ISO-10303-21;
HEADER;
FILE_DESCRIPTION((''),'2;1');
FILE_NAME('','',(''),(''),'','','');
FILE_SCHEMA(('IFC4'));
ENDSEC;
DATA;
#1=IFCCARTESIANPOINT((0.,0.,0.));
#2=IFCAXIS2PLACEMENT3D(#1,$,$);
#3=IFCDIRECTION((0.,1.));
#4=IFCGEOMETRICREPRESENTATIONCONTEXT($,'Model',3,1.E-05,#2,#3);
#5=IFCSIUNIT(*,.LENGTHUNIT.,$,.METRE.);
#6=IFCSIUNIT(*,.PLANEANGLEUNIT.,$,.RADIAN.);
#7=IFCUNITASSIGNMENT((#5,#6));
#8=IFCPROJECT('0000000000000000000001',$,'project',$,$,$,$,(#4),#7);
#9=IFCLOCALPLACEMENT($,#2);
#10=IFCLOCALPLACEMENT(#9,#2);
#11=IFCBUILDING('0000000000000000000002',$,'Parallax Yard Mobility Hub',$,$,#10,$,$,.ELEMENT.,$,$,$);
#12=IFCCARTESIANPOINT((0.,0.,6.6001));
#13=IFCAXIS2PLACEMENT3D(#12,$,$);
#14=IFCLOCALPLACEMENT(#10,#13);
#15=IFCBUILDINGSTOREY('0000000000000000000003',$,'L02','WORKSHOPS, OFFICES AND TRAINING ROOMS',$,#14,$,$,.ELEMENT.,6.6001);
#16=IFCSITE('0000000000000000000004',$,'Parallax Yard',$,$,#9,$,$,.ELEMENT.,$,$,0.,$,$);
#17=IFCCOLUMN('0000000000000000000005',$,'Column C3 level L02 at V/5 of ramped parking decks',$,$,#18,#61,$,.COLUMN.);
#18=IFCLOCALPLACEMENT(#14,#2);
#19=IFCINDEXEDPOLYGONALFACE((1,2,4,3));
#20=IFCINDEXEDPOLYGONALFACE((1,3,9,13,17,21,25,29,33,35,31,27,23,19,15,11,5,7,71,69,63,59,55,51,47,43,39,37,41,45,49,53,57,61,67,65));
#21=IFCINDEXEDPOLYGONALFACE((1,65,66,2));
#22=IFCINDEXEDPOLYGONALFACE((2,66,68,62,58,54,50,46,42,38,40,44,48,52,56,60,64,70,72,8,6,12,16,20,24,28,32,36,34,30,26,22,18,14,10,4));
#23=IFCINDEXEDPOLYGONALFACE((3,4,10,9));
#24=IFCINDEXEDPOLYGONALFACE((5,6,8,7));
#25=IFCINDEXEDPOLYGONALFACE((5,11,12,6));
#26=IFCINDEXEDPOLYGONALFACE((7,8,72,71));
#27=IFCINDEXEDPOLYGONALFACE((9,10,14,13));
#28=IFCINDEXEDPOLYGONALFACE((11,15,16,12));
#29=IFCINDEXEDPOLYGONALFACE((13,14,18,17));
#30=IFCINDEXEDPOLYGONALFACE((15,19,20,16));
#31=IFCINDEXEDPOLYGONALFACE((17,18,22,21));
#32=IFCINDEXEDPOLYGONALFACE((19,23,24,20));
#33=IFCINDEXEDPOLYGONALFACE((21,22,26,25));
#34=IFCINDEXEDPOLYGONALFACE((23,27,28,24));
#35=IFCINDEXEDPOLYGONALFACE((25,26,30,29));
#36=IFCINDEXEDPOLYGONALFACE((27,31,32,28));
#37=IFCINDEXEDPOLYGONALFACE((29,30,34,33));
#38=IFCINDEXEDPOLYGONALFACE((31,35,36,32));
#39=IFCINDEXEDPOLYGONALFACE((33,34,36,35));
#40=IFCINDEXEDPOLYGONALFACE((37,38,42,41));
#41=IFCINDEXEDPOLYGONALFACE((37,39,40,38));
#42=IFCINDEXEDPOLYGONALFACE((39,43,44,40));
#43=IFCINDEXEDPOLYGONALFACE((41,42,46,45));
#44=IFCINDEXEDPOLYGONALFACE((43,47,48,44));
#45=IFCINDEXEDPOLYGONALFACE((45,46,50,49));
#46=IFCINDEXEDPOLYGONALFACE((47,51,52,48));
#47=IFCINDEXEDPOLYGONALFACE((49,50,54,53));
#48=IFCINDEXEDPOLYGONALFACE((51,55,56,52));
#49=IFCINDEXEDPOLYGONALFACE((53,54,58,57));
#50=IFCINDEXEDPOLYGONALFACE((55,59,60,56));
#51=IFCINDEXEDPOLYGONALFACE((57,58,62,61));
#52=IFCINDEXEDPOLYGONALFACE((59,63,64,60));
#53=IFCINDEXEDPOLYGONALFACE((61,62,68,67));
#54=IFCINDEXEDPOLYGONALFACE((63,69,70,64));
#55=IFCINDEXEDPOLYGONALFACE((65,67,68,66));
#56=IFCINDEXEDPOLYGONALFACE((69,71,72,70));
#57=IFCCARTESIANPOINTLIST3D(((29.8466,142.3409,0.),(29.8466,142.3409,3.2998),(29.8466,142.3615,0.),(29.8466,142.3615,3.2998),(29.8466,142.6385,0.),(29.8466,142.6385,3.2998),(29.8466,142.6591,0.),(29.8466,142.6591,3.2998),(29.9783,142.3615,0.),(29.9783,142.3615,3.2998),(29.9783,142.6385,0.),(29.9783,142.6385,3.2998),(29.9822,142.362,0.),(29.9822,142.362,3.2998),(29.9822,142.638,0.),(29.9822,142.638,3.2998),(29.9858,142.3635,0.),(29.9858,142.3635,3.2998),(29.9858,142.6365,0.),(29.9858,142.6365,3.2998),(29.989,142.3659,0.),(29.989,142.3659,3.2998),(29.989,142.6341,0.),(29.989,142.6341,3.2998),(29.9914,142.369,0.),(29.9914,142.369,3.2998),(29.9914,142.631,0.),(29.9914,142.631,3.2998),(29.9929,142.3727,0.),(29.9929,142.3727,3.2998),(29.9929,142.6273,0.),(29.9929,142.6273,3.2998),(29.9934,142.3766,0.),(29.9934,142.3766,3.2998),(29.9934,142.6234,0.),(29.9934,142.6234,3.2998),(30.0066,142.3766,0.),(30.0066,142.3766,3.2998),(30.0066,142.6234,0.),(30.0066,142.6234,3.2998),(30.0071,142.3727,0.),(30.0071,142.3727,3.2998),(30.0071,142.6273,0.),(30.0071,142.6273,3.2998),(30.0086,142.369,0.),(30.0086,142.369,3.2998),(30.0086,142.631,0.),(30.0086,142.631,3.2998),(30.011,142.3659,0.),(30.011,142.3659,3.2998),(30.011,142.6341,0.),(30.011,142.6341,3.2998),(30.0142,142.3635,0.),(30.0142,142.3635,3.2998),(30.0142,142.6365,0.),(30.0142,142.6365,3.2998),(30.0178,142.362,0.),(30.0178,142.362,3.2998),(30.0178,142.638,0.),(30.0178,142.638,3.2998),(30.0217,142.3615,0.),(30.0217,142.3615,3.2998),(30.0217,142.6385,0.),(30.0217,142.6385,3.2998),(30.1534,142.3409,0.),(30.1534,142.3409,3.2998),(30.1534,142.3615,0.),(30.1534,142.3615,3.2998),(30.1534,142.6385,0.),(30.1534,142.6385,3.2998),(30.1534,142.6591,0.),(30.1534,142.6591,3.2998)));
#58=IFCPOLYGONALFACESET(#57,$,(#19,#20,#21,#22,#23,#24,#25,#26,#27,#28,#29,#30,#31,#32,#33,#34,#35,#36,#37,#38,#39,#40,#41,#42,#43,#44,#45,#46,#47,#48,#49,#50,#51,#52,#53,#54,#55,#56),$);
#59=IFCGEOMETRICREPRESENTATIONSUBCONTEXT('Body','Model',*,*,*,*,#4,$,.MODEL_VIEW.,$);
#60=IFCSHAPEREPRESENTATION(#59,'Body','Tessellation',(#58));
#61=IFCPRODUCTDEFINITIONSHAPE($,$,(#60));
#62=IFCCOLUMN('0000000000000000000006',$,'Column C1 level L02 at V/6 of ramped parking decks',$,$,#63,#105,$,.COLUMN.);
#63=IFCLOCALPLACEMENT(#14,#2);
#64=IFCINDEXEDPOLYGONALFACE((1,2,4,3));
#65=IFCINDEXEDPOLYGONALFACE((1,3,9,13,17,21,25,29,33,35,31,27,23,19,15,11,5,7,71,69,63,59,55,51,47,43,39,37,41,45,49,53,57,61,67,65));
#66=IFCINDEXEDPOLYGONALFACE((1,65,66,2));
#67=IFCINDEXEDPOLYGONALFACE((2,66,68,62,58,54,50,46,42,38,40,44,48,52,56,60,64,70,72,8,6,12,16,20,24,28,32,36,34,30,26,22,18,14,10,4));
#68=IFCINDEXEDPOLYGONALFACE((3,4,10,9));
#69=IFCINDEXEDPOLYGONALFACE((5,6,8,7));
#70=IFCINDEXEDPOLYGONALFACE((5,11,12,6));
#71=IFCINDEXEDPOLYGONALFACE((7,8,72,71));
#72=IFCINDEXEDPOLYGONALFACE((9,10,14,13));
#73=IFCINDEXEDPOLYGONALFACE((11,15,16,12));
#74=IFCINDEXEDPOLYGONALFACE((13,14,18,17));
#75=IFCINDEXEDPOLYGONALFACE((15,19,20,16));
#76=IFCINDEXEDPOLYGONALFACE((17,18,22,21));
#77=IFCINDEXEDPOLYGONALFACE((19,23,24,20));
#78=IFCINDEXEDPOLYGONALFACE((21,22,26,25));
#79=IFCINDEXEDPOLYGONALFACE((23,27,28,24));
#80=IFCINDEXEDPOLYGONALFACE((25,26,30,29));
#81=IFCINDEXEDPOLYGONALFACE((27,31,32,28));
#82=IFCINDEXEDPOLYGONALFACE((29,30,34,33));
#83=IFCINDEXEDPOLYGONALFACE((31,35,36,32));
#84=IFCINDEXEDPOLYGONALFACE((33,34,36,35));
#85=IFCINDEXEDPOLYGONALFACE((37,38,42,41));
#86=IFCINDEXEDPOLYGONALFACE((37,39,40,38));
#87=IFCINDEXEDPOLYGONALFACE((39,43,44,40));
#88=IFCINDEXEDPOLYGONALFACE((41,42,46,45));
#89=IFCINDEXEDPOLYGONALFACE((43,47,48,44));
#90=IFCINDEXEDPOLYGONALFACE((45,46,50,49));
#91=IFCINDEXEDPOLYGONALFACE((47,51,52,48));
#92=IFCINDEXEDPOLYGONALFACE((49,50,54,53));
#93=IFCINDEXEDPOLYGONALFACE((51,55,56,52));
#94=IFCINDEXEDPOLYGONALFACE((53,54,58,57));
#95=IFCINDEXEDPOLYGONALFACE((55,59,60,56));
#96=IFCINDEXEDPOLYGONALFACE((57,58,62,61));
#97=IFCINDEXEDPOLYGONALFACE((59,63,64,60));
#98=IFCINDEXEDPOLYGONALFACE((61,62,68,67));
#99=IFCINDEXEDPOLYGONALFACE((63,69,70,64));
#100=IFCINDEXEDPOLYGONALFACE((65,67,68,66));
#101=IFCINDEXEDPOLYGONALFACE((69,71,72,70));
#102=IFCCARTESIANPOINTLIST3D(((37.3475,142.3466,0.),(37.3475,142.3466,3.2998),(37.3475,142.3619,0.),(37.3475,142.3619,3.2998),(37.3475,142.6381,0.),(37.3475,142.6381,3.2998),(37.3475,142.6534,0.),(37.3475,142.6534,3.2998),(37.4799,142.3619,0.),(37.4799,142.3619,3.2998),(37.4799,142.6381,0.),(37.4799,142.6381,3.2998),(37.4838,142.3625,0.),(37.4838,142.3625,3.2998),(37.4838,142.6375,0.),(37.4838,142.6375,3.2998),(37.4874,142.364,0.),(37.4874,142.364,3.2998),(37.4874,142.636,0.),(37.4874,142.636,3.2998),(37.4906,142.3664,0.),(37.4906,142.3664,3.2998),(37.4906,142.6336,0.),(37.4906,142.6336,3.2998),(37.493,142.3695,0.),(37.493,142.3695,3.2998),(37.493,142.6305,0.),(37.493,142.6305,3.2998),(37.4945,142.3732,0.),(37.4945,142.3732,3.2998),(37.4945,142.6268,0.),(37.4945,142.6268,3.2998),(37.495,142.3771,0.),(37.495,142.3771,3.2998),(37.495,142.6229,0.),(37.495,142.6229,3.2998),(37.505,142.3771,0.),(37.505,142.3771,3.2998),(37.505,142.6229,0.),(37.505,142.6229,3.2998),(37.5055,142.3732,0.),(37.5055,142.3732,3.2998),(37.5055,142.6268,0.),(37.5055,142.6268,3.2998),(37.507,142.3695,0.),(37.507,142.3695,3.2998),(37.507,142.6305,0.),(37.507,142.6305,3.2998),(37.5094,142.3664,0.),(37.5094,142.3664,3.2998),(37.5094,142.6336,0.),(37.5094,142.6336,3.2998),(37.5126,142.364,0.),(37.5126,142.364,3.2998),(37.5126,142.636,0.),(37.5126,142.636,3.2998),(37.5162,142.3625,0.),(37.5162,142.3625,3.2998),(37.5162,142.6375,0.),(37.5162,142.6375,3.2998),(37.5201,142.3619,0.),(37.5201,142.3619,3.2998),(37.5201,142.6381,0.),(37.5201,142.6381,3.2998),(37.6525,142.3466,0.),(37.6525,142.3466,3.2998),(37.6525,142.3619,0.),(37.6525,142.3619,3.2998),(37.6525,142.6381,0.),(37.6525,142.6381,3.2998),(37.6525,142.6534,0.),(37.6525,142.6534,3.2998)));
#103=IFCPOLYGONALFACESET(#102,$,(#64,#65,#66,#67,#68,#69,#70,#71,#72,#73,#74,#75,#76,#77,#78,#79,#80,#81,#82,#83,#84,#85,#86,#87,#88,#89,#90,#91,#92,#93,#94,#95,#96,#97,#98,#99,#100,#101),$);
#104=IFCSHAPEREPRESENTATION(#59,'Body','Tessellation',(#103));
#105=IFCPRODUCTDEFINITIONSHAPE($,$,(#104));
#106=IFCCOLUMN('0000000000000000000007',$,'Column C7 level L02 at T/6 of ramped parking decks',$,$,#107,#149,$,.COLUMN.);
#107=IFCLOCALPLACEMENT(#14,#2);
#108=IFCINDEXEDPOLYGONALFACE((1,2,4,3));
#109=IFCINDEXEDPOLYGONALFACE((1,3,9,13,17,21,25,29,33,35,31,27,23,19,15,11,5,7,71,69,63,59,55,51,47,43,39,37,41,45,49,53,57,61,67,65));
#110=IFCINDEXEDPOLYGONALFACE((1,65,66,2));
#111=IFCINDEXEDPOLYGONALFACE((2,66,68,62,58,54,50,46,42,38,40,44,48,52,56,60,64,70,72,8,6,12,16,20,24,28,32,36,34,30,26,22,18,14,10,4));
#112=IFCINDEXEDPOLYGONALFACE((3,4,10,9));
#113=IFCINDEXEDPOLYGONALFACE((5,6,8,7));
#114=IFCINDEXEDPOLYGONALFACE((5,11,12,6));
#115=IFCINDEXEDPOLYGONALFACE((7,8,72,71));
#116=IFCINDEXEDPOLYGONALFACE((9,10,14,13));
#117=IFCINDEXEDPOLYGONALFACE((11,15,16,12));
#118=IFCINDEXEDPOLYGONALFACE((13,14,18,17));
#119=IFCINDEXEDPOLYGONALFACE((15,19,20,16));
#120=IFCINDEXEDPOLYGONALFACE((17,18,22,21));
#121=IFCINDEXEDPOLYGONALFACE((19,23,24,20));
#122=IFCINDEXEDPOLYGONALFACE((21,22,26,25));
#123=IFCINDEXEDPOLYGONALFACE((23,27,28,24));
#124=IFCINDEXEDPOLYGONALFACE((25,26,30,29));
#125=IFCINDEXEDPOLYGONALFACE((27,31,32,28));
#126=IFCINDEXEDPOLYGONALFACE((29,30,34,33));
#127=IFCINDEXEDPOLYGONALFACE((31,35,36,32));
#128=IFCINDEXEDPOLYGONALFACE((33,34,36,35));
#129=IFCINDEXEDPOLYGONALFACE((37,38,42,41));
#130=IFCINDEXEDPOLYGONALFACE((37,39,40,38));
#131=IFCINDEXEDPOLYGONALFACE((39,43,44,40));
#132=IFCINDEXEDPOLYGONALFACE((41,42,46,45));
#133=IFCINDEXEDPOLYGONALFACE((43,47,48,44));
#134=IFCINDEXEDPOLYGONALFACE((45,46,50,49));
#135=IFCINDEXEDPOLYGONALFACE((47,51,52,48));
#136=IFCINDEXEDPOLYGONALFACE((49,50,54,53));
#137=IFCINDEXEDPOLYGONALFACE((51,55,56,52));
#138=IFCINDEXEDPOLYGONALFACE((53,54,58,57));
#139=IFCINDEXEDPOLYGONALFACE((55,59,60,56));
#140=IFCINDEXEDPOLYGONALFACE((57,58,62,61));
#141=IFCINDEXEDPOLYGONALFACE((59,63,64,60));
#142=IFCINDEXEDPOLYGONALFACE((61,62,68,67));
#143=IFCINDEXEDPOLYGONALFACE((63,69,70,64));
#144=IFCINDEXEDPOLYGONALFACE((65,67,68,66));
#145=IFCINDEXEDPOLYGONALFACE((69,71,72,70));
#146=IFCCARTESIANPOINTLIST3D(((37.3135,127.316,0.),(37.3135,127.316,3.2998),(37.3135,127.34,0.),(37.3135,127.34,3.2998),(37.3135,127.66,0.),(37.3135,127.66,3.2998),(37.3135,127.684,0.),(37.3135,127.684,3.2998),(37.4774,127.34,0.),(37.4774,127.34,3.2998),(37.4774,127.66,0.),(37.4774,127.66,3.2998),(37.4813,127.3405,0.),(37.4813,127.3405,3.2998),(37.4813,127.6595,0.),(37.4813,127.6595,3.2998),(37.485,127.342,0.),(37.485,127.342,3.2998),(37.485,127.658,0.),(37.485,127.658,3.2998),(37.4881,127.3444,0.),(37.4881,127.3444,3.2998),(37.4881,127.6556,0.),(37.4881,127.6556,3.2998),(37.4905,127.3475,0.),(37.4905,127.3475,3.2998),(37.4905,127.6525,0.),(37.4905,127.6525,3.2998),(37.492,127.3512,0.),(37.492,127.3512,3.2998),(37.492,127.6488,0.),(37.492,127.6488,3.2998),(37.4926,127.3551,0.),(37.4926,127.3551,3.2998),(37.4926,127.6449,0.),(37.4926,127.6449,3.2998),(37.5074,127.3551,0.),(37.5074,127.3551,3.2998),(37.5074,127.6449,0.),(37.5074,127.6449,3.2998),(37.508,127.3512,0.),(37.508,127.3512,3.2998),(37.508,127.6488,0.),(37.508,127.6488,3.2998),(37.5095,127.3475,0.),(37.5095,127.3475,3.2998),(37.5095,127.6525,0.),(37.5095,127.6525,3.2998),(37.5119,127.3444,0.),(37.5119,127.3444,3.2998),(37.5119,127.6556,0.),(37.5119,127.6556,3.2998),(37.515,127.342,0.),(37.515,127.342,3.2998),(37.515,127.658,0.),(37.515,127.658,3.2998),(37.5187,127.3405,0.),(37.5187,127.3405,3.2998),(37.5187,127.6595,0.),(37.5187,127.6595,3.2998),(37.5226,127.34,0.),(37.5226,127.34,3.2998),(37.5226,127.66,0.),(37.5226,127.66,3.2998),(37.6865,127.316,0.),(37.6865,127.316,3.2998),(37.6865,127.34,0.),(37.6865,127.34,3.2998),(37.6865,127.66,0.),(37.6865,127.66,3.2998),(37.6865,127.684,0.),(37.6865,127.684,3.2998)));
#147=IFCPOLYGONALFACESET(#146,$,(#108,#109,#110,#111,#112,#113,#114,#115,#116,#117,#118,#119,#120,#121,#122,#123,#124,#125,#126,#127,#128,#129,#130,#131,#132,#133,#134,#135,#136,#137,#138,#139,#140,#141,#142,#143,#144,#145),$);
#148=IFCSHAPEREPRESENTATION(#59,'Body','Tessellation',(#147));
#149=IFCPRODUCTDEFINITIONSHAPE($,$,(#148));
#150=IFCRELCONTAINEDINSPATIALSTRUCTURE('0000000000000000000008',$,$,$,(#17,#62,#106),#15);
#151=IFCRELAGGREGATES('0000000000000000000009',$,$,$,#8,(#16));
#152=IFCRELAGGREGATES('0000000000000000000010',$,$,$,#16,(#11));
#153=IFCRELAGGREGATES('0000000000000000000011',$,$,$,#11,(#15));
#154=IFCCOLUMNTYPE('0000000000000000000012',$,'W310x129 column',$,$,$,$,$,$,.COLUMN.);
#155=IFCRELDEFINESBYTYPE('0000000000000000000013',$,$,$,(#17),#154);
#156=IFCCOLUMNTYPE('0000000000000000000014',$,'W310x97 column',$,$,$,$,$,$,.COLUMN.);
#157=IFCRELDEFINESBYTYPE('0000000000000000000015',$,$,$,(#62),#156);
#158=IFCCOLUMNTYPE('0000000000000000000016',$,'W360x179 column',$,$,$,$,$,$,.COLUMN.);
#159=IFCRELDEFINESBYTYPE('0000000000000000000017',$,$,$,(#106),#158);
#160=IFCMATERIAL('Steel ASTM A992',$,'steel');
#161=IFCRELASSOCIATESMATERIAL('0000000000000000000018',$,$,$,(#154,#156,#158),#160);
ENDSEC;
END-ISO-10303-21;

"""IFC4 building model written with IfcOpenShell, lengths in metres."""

from ifc_helpers import new_model, si_unit, direction, frame, origin, origin_2d, place, context, subcontext, project, spatial, i_section, extrude, material, material_profile, profile_set, type_object, element, save


model = new_model("IFC4")

# Units and contexts
model_context = context("Model", 3, precision=1e-05, world=origin(), true_north=direction((0.0, 1.0)))
body_context = subcontext(model_context, "Body", "Model", "MODEL_VIEW")
ifc_project = project(units=[si_unit("LENGTHUNIT", "METRE"), si_unit("PLANEANGLEUNIT", "RADIAN")], contexts=[model_context])

# Site, building, storey
site_placement = place(None, origin())
site = spatial("IfcSite", under=ifc_project, at=site_placement, Name="Parallax Yard", CompositionType="ELEMENT", RefElevation=0.0)
building_placement = place(site_placement, origin())
building = spatial("IfcBuilding", under=site, at=building_placement, Name="Parallax Yard Mobility Hub", CompositionType="ELEMENT")
storey_placement = place(building_placement, frame((0.0, 0.0, 6.6001)))
storey = spatial("IfcBuildingStorey", under=building, at=storey_placement, Name="L02", Description="WORKSHOPS, OFFICES AND TRAINING ROOMS", CompositionType="ELEMENT", Elevation=6.6001)

# Columns
ifc_material_1 = material(Name="Steel ASTM A992", Category="steel")
ifc_material_profile_1 = material_profile(ifc_material_1, i_section(OverallWidth=0.3069, OverallDepth=0.3181, WebThickness=0.0132, FlangeThickness=0.0205, FilletRadius=0.0151, at=origin_2d()), Name="W310x129")
ifc_profile_set_1 = profile_set([ifc_material_profile_1], Name="Steel ASTM A992")
column_type_1 = type_object("IfcColumnType", Name="W310x129 column", PredefinedType="COLUMN", material=ifc_profile_set_1)
column_1_placement = place(storey_placement, frame((30.0, 142.5, 0.0), z_axis=(0.0, 0.0, 1.0), x_axis=(1.0, 0.0, 0.0)))
element("IfcColumn", 1, at=column_1_placement, inside=storey, type_object=column_type_1, Name="Column C3 level L02 at V/5 of ramped parking decks", PredefinedType="COLUMN", context=body_context, shape_type="SweptSolid", body=[
    extrude(i_section(OverallWidth=0.3069, OverallDepth=0.3181, WebThickness=0.0132, FlangeThickness=0.0205, FilletRadius=0.0151, at=origin_2d()), origin(), (0.0, 0.0, 1.0), 3.2998),
])
ifc_material_profile_2 = material_profile(ifc_material_1, i_section(OverallWidth=0.3049, OverallDepth=0.3069, WebThickness=0.01, FlangeThickness=0.0154, FilletRadius=0.0151, at=origin_2d()), Name="W310x97")
ifc_profile_set_2 = profile_set([ifc_material_profile_2], Name="Steel ASTM A992")
column_type_2 = type_object("IfcColumnType", Name="W310x97 column", PredefinedType="COLUMN", material=ifc_profile_set_2)
column_2_placement = place(storey_placement, frame((37.5, 142.5, 0.0), z_axis=(0.0, 0.0, 1.0), x_axis=(1.0, 0.0, 0.0)))
element("IfcColumn", 2, at=column_2_placement, inside=storey, type_object=column_type_2, Name="Column C1 level L02 at V/6 of ramped parking decks", PredefinedType="COLUMN", context=body_context, shape_type="SweptSolid", body=[
    extrude(i_section(OverallWidth=0.3049, OverallDepth=0.3069, WebThickness=0.01, FlangeThickness=0.0154, FilletRadius=0.0151, at=origin_2d()), origin(), (0.0, 0.0, 1.0), 3.2998),
])
ifc_material_profile_3 = material_profile(ifc_material_1, i_section(OverallWidth=0.373, OverallDepth=0.3679, WebThickness=0.0149, FlangeThickness=0.0239, FilletRadius=0.0151, at=origin_2d()), Name="W360x179")
ifc_profile_set_3 = profile_set([ifc_material_profile_3], Name="Steel ASTM A992")
column_type_3 = type_object("IfcColumnType", Name="W360x179 column", PredefinedType="COLUMN", material=ifc_profile_set_3)
column_3_placement = place(storey_placement, frame((37.5, 127.5, 0.0), z_axis=(0.0, 0.0, 1.0), x_axis=(1.0, 0.0, 0.0)))
element("IfcColumn", 3, at=column_3_placement, inside=storey, type_object=column_type_3, Name="Column C7 level L02 at T/6 of ramped parking decks", PredefinedType="COLUMN", context=body_context, shape_type="SweptSolid", body=[
    extrude(i_section(OverallWidth=0.373, OverallDepth=0.3679, WebThickness=0.0149, FlangeThickness=0.0239, FilletRadius=0.0151, at=origin_2d()), origin(), (0.0, 0.0, 1.0), 3.2998),
])

save(model, "model.ifc")
